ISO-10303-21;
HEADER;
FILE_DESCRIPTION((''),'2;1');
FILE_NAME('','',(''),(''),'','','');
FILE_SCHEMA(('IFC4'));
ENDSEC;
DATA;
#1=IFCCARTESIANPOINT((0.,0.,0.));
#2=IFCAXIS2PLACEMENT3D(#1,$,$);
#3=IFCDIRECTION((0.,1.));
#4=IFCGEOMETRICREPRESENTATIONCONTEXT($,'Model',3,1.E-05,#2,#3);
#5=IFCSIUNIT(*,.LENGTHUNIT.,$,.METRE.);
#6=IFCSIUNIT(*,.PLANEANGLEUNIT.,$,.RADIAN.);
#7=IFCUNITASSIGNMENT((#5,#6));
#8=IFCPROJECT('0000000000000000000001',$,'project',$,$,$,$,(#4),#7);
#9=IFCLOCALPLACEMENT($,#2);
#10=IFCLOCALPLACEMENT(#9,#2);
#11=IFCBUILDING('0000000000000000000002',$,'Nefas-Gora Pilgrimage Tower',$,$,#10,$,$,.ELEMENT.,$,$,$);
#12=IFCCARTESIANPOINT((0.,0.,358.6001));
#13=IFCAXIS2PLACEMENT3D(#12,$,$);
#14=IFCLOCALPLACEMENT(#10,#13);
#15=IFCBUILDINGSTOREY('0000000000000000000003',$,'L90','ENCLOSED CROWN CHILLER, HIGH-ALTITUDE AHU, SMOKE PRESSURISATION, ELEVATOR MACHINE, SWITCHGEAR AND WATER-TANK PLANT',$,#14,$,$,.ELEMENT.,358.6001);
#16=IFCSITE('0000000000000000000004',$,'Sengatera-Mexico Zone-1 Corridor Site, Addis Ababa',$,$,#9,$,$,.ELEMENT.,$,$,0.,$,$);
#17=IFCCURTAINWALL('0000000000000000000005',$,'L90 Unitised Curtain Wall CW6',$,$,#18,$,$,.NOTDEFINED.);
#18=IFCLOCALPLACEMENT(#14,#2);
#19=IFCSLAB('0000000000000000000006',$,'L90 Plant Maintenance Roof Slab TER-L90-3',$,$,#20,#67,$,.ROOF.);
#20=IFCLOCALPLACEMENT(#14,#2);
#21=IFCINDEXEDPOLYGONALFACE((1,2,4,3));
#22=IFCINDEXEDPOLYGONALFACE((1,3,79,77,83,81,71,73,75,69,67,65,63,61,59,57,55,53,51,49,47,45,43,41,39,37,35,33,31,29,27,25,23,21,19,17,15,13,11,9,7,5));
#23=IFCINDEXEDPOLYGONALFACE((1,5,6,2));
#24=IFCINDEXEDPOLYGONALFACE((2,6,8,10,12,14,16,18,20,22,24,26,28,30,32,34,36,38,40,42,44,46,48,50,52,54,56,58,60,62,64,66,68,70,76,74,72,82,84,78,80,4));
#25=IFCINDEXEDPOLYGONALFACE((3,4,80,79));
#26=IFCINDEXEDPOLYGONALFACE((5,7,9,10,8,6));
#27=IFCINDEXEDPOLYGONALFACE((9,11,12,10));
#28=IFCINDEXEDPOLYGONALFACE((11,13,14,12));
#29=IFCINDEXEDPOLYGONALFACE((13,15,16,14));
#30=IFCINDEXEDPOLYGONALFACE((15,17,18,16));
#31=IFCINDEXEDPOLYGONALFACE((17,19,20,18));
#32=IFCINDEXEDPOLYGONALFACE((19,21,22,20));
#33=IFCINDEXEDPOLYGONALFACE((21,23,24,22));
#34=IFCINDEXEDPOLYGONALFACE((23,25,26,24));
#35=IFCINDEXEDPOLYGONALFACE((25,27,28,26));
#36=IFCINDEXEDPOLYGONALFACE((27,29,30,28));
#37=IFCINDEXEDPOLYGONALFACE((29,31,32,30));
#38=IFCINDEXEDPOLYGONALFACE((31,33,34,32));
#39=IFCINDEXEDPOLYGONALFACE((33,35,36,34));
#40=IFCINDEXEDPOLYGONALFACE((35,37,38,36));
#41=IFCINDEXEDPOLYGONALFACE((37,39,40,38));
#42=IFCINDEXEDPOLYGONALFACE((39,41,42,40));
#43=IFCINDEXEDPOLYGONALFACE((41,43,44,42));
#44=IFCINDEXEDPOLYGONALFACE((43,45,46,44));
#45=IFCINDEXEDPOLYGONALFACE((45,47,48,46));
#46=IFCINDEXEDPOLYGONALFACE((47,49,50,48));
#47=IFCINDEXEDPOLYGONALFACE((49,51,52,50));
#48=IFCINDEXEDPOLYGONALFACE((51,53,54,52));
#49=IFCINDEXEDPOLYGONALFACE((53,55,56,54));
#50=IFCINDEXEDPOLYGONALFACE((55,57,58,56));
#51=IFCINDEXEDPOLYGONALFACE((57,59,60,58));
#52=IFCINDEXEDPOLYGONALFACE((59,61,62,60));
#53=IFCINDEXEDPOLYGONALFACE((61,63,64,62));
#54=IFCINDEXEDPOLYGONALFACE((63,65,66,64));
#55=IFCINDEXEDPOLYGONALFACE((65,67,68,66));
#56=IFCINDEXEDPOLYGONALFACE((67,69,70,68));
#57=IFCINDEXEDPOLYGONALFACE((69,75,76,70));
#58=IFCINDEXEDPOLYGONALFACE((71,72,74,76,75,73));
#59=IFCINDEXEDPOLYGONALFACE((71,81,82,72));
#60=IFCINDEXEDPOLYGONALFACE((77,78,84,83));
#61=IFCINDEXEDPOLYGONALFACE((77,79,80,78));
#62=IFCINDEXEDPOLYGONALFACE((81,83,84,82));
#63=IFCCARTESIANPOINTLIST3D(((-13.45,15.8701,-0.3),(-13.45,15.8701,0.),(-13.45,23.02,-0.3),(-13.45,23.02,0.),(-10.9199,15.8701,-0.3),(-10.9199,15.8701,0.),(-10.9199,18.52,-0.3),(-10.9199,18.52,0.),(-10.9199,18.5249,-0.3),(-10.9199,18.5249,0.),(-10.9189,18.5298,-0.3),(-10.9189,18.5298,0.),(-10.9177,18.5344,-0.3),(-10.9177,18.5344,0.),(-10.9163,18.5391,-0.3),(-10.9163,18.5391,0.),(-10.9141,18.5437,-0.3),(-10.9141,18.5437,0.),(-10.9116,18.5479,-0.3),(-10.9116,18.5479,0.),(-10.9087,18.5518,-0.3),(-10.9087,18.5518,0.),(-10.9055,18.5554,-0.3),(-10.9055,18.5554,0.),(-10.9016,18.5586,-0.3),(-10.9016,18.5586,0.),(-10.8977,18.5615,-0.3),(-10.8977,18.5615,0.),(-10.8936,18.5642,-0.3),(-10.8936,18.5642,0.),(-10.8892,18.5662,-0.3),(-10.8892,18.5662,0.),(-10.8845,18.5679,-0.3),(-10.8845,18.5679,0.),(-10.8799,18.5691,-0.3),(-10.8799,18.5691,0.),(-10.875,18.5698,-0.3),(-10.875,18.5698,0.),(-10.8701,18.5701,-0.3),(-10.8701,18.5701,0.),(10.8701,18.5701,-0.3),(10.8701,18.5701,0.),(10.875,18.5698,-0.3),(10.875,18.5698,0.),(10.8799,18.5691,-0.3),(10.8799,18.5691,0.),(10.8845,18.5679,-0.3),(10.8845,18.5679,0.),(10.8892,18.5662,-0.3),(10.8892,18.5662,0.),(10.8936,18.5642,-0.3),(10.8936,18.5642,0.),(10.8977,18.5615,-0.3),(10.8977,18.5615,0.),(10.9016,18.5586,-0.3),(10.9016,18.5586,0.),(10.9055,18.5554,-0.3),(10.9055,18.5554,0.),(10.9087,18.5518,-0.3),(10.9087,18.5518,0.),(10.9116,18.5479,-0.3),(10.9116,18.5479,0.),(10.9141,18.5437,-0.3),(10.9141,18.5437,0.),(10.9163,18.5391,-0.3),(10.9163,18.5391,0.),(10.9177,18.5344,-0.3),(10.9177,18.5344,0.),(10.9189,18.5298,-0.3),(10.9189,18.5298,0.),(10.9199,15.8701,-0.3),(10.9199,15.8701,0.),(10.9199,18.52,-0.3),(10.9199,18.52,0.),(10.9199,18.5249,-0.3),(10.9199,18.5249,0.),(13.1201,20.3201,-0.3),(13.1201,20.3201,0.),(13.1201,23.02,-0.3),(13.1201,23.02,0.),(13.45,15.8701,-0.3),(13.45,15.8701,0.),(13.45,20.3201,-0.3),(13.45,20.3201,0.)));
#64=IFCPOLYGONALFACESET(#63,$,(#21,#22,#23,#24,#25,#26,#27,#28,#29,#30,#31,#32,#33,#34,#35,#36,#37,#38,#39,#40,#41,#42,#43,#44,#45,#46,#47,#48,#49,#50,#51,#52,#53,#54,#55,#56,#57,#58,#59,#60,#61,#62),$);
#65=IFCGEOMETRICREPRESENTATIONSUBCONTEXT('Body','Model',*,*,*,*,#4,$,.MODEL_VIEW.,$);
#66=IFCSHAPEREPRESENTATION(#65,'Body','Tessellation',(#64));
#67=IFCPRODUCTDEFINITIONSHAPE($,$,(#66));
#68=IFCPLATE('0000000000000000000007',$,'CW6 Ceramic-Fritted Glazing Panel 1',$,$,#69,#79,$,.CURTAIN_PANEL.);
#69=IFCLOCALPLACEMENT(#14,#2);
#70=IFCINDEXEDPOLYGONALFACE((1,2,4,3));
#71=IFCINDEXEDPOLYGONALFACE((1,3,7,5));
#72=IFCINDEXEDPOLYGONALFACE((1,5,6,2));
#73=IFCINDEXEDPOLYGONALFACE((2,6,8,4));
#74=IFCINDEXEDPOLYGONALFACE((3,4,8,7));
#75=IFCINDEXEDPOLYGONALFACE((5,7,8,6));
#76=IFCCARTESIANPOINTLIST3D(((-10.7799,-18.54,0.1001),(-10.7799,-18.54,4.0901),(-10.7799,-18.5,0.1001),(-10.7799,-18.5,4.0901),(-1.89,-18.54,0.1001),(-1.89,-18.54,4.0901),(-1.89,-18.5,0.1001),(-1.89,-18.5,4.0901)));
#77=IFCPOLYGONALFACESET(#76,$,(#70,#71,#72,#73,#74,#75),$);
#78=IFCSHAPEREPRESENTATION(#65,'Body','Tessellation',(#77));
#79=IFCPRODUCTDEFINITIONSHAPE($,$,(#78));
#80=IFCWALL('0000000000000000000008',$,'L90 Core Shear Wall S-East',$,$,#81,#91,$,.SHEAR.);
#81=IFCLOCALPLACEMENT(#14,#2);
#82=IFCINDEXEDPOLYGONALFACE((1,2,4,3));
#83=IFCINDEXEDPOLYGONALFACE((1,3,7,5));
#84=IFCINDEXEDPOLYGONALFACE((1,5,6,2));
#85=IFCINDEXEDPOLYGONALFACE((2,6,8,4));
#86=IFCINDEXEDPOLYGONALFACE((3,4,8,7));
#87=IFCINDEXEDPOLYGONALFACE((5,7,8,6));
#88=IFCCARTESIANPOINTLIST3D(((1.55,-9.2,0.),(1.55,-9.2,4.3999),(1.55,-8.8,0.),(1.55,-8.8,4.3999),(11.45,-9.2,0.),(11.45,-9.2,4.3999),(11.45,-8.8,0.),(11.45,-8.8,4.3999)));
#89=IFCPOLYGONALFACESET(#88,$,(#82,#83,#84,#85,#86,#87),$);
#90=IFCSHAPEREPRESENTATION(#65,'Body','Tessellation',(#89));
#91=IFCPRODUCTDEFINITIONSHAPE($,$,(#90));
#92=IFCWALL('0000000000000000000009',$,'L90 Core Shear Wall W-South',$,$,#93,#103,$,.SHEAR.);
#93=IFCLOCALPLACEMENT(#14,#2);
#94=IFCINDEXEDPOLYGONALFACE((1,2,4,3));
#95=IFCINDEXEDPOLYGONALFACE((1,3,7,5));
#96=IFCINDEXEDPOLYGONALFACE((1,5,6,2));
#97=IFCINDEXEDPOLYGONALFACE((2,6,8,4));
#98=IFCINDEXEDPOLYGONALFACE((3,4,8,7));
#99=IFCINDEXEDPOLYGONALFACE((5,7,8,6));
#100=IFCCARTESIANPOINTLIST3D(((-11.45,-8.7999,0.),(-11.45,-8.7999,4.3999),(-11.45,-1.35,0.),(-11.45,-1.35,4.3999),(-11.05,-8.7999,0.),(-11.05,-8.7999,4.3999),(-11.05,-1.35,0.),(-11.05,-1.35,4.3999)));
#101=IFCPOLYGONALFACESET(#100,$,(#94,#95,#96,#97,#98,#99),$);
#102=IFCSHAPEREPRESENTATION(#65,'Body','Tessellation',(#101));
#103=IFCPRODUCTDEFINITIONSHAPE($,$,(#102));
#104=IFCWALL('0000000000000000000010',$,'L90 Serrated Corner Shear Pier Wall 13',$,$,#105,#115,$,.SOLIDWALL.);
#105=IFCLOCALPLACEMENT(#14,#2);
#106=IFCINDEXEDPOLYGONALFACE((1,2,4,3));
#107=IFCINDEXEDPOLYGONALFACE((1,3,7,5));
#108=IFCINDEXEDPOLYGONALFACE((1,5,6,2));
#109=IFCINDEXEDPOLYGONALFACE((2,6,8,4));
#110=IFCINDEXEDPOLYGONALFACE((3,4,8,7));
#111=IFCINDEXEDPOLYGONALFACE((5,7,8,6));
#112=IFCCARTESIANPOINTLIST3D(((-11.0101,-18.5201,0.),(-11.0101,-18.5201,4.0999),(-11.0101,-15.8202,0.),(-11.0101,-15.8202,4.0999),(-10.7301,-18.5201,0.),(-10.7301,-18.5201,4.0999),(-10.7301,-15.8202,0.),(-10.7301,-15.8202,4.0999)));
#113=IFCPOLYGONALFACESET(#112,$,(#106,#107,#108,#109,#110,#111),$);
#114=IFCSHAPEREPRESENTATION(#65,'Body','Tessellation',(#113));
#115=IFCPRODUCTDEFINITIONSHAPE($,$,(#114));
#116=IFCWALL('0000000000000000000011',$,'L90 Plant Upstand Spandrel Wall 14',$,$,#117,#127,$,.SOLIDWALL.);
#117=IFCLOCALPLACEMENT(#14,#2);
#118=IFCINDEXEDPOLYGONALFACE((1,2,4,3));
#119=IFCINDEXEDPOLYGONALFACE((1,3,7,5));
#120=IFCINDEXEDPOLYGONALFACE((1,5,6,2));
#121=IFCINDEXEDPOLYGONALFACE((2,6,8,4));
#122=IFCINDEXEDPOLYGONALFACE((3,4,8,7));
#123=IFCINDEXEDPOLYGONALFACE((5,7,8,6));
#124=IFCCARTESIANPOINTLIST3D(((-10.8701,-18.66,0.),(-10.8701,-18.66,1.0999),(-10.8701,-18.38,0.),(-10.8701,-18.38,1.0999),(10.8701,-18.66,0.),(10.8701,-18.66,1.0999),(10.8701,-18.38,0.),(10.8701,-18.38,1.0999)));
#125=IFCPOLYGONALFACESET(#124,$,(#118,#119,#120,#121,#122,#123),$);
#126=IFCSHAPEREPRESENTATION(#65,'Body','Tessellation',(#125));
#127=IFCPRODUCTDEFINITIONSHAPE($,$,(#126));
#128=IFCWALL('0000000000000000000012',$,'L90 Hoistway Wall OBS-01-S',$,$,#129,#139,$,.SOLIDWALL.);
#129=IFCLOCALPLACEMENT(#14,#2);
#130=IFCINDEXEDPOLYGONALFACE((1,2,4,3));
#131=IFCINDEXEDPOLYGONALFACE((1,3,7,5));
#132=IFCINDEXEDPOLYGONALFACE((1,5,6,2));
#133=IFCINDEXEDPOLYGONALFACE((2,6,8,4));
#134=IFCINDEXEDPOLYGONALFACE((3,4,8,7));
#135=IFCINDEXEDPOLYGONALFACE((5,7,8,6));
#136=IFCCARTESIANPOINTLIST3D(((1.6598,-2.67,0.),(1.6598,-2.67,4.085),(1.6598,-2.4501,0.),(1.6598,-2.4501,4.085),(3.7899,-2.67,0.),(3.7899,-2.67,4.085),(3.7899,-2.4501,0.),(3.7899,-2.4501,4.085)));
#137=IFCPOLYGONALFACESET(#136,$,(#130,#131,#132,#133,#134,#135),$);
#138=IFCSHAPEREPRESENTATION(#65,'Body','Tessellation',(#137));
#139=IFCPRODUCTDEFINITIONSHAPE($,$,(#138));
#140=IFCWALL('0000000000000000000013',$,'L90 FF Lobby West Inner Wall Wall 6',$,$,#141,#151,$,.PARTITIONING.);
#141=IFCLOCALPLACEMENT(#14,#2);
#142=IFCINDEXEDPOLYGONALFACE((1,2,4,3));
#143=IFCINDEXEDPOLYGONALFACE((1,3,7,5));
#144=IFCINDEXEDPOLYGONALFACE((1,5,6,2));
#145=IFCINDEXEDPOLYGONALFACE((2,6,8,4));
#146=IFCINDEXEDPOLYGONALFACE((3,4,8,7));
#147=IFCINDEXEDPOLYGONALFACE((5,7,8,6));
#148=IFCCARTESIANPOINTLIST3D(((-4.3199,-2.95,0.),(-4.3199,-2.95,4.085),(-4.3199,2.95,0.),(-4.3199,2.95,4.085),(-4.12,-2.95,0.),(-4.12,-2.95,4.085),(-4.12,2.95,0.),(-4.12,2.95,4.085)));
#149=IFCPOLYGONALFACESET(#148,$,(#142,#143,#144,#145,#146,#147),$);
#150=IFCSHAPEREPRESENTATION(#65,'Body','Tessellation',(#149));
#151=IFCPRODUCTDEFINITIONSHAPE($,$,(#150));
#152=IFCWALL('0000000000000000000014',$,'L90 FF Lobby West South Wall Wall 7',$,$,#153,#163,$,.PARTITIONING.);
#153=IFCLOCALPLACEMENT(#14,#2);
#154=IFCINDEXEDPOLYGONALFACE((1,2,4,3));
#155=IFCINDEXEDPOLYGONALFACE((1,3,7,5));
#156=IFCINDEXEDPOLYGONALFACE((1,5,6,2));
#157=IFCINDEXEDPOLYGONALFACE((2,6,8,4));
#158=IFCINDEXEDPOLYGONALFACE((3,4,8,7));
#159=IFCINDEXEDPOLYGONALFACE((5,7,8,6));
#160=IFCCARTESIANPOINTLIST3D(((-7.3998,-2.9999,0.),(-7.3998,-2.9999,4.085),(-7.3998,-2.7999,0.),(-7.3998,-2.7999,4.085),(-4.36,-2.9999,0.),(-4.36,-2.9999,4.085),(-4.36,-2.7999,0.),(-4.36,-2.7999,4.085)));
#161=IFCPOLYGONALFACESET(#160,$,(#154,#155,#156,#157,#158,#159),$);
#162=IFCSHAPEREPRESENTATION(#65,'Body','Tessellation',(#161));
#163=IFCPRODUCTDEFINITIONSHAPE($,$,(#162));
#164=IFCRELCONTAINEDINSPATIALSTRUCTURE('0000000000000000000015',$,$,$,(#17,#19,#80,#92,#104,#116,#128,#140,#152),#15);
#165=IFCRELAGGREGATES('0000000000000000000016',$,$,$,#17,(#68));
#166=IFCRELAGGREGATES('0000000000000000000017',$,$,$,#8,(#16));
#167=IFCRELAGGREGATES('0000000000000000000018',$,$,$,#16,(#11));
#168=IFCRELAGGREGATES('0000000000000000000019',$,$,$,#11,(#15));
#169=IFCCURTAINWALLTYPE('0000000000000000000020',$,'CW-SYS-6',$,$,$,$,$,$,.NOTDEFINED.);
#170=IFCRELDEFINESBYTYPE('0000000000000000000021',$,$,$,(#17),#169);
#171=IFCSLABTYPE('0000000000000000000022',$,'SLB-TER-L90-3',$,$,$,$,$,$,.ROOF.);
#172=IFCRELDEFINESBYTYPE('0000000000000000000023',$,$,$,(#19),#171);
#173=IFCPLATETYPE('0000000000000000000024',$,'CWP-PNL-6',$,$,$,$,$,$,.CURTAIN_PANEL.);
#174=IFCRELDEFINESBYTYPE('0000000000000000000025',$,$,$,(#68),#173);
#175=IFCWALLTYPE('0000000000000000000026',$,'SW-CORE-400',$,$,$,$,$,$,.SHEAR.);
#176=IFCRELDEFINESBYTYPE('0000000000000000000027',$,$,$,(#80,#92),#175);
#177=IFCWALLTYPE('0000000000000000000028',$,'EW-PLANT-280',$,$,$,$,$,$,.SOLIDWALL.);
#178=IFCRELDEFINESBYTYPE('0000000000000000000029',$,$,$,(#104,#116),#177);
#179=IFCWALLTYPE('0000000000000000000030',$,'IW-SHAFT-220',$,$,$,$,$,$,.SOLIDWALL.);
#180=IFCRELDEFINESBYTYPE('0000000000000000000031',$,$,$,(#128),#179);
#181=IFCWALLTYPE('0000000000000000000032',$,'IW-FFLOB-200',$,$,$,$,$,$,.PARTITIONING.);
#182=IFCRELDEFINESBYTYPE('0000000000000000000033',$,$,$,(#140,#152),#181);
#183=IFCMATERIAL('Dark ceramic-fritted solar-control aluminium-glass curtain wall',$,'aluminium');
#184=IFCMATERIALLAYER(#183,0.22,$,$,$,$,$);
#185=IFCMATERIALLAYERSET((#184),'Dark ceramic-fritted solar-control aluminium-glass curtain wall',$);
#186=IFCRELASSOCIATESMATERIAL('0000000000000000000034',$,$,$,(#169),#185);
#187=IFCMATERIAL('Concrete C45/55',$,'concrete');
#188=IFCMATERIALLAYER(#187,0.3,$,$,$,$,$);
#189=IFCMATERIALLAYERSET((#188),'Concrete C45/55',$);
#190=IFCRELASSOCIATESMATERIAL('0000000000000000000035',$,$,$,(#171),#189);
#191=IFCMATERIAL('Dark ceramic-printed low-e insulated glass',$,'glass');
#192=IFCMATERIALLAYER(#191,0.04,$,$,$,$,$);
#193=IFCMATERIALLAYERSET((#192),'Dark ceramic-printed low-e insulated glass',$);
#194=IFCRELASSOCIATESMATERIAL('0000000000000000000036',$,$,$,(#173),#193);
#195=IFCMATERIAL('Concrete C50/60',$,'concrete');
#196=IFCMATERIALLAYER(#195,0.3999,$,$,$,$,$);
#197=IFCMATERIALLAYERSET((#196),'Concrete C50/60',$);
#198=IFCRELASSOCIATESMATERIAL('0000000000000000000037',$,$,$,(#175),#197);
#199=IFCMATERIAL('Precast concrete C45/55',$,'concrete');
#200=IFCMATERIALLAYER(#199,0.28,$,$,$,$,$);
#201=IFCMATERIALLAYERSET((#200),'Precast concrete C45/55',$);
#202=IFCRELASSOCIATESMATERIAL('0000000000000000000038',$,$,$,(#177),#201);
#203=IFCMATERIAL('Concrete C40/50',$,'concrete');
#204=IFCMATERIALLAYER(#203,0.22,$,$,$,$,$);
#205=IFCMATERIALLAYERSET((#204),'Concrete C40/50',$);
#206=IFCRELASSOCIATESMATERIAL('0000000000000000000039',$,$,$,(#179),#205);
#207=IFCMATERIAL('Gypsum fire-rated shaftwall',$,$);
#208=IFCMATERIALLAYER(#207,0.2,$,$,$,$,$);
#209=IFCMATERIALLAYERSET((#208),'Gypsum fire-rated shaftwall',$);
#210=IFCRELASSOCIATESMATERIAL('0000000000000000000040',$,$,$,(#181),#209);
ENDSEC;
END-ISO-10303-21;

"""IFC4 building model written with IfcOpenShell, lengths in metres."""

from ifc_helpers import new_model, si_unit, direction, frame, frame_2d, origin, origin_2d, place, context, subcontext, project, spatial, polyline, rectangle, outline, extrude, source, transform, mapped, material, layer, layer_set, type_object, element, aggregate, save


model = new_model("IFC4")

# Units and contexts
model_context = context("Model", 3, precision=1e-05, world=origin(), true_north=direction((0.0, 1.0)))
body_context = subcontext(model_context, "Body", "Model", "MODEL_VIEW")
ifc_project = project(units=[si_unit("LENGTHUNIT", "METRE"), si_unit("PLANEANGLEUNIT", "RADIAN")], contexts=[model_context])

# Site, building, storey
site_placement = place(None, origin())
site = spatial("IfcSite", under=ifc_project, at=site_placement, Name="Sengatera-Mexico Zone-1 Corridor Site, Addis Ababa", CompositionType="ELEMENT", RefElevation=0.0)
building_placement = place(site_placement, origin())
building = spatial("IfcBuilding", under=site, at=building_placement, Name="Nefas-Gora Pilgrimage Tower", CompositionType="ELEMENT")
storey_placement = place(building_placement, frame((0.0, 0.0, 358.6001)))
storey = spatial("IfcBuildingStorey", under=building, at=storey_placement, Name="L90", Description="ENCLOSED CROWN CHILLER, HIGH-ALTITUDE AHU, SMOKE PRESSURISATION, ELEVATOR MACHINE, SWITCHGEAR AND WATER-TANK PLANT", CompositionType="ELEMENT", Elevation=358.6001)

# Shared definitions
ifc_material_1 = material(Name="Concrete C50/60", Category="concrete")

# Curtain wall
ifc_material_2 = material(Name="Dark ceramic-fritted solar-control aluminium-glass curtain wall", Category="aluminium")
ifc_layer_1 = layer(ifc_material_2, 0.22)
ifc_layer_set_1 = layer_set([ifc_layer_1], Name="Dark ceramic-fritted solar-control aluminium-glass curtain wall")
curtain_wall_type = type_object("IfcCurtainWallType", Name="CW-SYS-6", PredefinedType="NOTDEFINED", material=ifc_layer_set_1)
curtain_wall_placement = place(storey_placement, origin())
curtain_wall = element("IfcCurtainWall", 1, at=curtain_wall_placement, inside=storey, type_object=curtain_wall_type, Name="L90 Unitised Curtain Wall CW6", PredefinedType="NOTDEFINED")

# Shared definitions
ifc_material_3 = material(Name="Concrete C45/55", Category="concrete")

# Slab
ifc_layer_2 = layer(ifc_material_3, 0.3)
ifc_layer_set_2 = layer_set([ifc_layer_2], Name="Concrete C45/55")
slab_type_1 = type_object("IfcSlabType", Name="SLB-TER-L90-3", PredefinedType="ROOF", material=ifc_layer_set_2)
slab_1_placement = place(storey_placement, frame((0.0, 0.0, -0.3)))
element("IfcSlab", 2, at=slab_1_placement, inside=storey, type_object=slab_type_1, Name="L90 Plant Maintenance Roof Slab TER-L90-3", PredefinedType="ROOF", context=body_context, shape_type="SweptSolid", body=[
    extrude(outline(polyline([(-13.45, 23.02), (-13.45, 15.8701), (-10.9199, 15.8701), (-10.9199, 18.52), (-10.9199, 18.5249), (-10.9189, 18.5298), (-10.9177, 18.5344), (-10.9163, 18.5391), (-10.9141, 18.5437), (-10.9116, 18.5479), (-10.9087, 18.5518), (-10.9055, 18.5554), (-10.9016, 18.5586), (-10.8977, 18.5615), (-10.8936, 18.5642), (-10.8892, 18.5662), (-10.8845, 18.5679), (-10.8799, 18.5691), (-10.875, 18.5698), (-10.8701, 18.5701), (10.8701, 18.5701), (10.875, 18.5698), (10.8799, 18.5691), (10.8845, 18.5679), (10.8892, 18.5662), (10.8936, 18.5642), (10.8977, 18.5615), (10.9016, 18.5586), (10.9055, 18.5554), (10.9087, 18.5518), (10.9116, 18.5479), (10.9141, 18.5437), (10.9163, 18.5391), (10.9177, 18.5344), (10.9189, 18.5298), (10.9199, 18.5249), (10.9199, 18.52), (10.9199, 15.8701), (13.45, 15.8701), (13.45, 20.3201), (13.1201, 20.3201), (13.1201, 23.02), (-13.45, 23.02)])), origin(), (0.0, 0.0, 1.0), 0.3),
])

# Plate
ifc_material_4 = material(Name="Dark ceramic-printed low-e insulated glass", Category="glass")
ifc_layer_3 = layer(ifc_material_4, 0.04)
ifc_layer_set_3 = layer_set([ifc_layer_3], Name="Dark ceramic-printed low-e insulated glass")
plate_type = type_object("IfcPlateType", Name="CWP-PNL-6", PredefinedType="CURTAIN_PANEL", material=ifc_layer_set_3)
shared_shape_1 = source(origin(), body_context, "Body", "SweptSolid", [
    extrude(rectangle(XDim=8.8899, YDim=0.04, at=origin_2d()), origin(), (0.0, 0.0, 1.0), 3.99),
])
plate_placement = place(storey_placement, frame((-6.335, -18.52, 0.1001), z_axis=(0.0, 0.0, 1.0), x_axis=(1.0, 0.0, 0.0)))
plate = element("IfcPlate", 3, at=plate_placement, type_object=plate_type, Name="CW6 Ceramic-Fritted Glazing Panel 1", PredefinedType="CURTAIN_PANEL", context=body_context, shape_type="MappedRepresentation", body=[
    mapped(shared_shape_1, transform((0.0, 0.0, 0.0), x_axis=(1.0, 0.0, 0.0), y_axis=(0.0, 1.0, 0.0), z_axis=(0.0, 0.0, 1.0), scale=1.0)),
])
aggregate(curtain_wall, [plate])

# Walls
ifc_layer_4 = layer(ifc_material_1, 0.3999)
ifc_layer_set_4 = layer_set([ifc_layer_4], Name="Concrete C50/60")
wall_type_1 = type_object("IfcWallType", Name="SW-CORE-400", PredefinedType="SHEAR", material=ifc_layer_set_4)
shared_shape_2 = source(origin(), body_context, "Body", "SweptSolid", [
    extrude(rectangle(XDim=9.8999, YDim=0.3999, at=frame_2d((4.95, 0.0))), origin(), (0.0, 0.0, 1.0), 4.3999),
])
wall_1_placement = place(storey_placement, frame((1.55, -9.0, 0.0), z_axis=(0.0, 0.0, 1.0), x_axis=(1.0, 0.0, 0.0)))
element("IfcWall", 4, at=wall_1_placement, inside=storey, type_object=wall_type_1, Name="L90 Core Shear Wall S-East", PredefinedType="SHEAR", context=body_context, shape_type="MappedRepresentation", body=[
    mapped(shared_shape_2, transform((0.0, 0.0, 0.0), x_axis=(1.0, 0.0, 0.0), y_axis=(0.0, 1.0, 0.0), z_axis=(0.0, 0.0, 1.0), scale=1.0)),
])
shared_shape_3 = source(origin(), body_context, "Body", "SweptSolid", [
    extrude(rectangle(XDim=7.45, YDim=0.3999, at=frame_2d((3.7251, 0.0))), origin(), (0.0, 0.0, 1.0), 4.3999),
])
wall_2_placement = place(storey_placement, frame((-11.25, -8.8, 0.0), z_axis=(0.0, 0.0, 1.0), x_axis=(0.0, 1.0, 0.0)))
element("IfcWall", 5, at=wall_2_placement, inside=storey, type_object=wall_type_1, Name="L90 Core Shear Wall W-South", PredefinedType="SHEAR", context=body_context, shape_type="MappedRepresentation", body=[
    mapped(shared_shape_3, transform((0.0, 0.0, 0.0), x_axis=(1.0, 0.0, 0.0), y_axis=(0.0, 1.0, 0.0), z_axis=(0.0, 0.0, 1.0), scale=1.0)),
])
ifc_material_5 = material(Name="Precast concrete C45/55", Category="concrete")
ifc_layer_5 = layer(ifc_material_5, 0.28)
ifc_layer_set_5 = layer_set([ifc_layer_5], Name="Precast concrete C45/55")
wall_type_2 = type_object("IfcWallType", Name="EW-PLANT-280", PredefinedType="SOLIDWALL", material=ifc_layer_set_5)
shared_shape_4 = source(origin(), body_context, "Body", "SweptSolid", [
    extrude(rectangle(XDim=2.7, YDim=0.28, at=frame_2d((1.3501, 0.0))), origin(), (0.0, 0.0, 1.0), 4.0999),
])
wall_3_placement = place(storey_placement, frame((-10.8701, -15.8201, 0.0), z_axis=(0.0, 0.0, 1.0), x_axis=(0.0, -1.0, 0.0)))
element("IfcWall", 6, at=wall_3_placement, inside=storey, type_object=wall_type_2, Name="L90 Serrated Corner Shear Pier Wall 13", PredefinedType="SOLIDWALL", context=body_context, shape_type="MappedRepresentation", body=[
    mapped(shared_shape_4, transform((0.0, 0.0, 0.0), x_axis=(1.0, 0.0, 0.0), y_axis=(0.0, 1.0, 0.0), z_axis=(0.0, 0.0, 1.0), scale=1.0)),
])
shared_shape_5 = source(origin(), body_context, "Body", "SweptSolid", [
    extrude(rectangle(XDim=21.7402, YDim=0.28, at=frame_2d((10.8701, 0.0))), origin(), (0.0, 0.0, 1.0), 1.0999),
])
wall_4_placement = place(storey_placement, frame((-10.8701, -18.52, 0.0), z_axis=(0.0, 0.0, 1.0), x_axis=(1.0, 0.0, 0.0)))
element("IfcWall", 7, at=wall_4_placement, inside=storey, type_object=wall_type_2, Name="L90 Plant Upstand Spandrel Wall 14", PredefinedType="SOLIDWALL", context=body_context, shape_type="MappedRepresentation", body=[
    mapped(shared_shape_5, transform((0.0, 0.0, 0.0), x_axis=(1.0, 0.0, 0.0), y_axis=(0.0, 1.0, 0.0), z_axis=(0.0, 0.0, 1.0), scale=1.0)),
])
ifc_material_6 = material(Name="Concrete C40/50", Category="concrete")
ifc_layer_6 = layer(ifc_material_6, 0.22)
ifc_layer_set_6 = layer_set([ifc_layer_6], Name="Concrete C40/50")
wall_type_3 = type_object("IfcWallType", Name="IW-SHAFT-220", PredefinedType="SOLIDWALL", material=ifc_layer_set_6)
shared_shape_6 = source(origin(), body_context, "Body", "SweptSolid", [
    extrude(rectangle(XDim=2.1301, YDim=0.22, at=frame_2d((1.0649, 0.0))), origin(), (0.0, 0.0, 1.0), 4.085),
])
wall_5_placement = place(storey_placement, frame((1.6599, -2.5601, 0.0), z_axis=(0.0, 0.0, 1.0), x_axis=(1.0, 0.0, 0.0)))
element("IfcWall", 8, at=wall_5_placement, inside=storey, type_object=wall_type_3, Name="L90 Hoistway Wall OBS-01-S", PredefinedType="SOLIDWALL", context=body_context, shape_type="MappedRepresentation", body=[
    mapped(shared_shape_6, transform((0.0, 0.0, 0.0), x_axis=(1.0, 0.0, 0.0), y_axis=(0.0, 1.0, 0.0), z_axis=(0.0, 0.0, 1.0), scale=1.0)),
])
ifc_material_7 = material(Name="Gypsum fire-rated shaftwall")
ifc_layer_7 = layer(ifc_material_7, 0.2)
ifc_layer_set_7 = layer_set([ifc_layer_7], Name="Gypsum fire-rated shaftwall")
wall_type_4 = type_object("IfcWallType", Name="IW-FFLOB-200", PredefinedType="PARTITIONING", material=ifc_layer_set_7)
shared_shape_7 = source(origin(), body_context, "Body", "SweptSolid", [
    extrude(rectangle(XDim=5.8999, YDim=0.2, at=frame_2d((2.95, 0.0))), origin(), (0.0, 0.0, 1.0), 4.085),
])
wall_6_placement = place(storey_placement, frame((-4.22, -2.95, 0.0), z_axis=(0.0, 0.0, 1.0), x_axis=(0.0, 1.0, 0.0)))
element("IfcWall", 9, at=wall_6_placement, inside=storey, type_object=wall_type_4, Name="L90 FF Lobby West Inner Wall Wall 6", PredefinedType="PARTITIONING", context=body_context, shape_type="MappedRepresentation", body=[
    mapped(shared_shape_7, transform((0.0, 0.0, 0.0), x_axis=(1.0, 0.0, 0.0), y_axis=(0.0, 1.0, 0.0), z_axis=(0.0, 0.0, 1.0), scale=1.0)),
])
shared_shape_8 = source(origin(), body_context, "Body", "SweptSolid", [
    extrude(rectangle(XDim=3.0398, YDim=0.2, at=frame_2d((1.52, 0.0))), origin(), (0.0, 0.0, 1.0), 4.085),
])
wall_7_placement = place(storey_placement, frame((-7.3999, -2.8999, 0.0), z_axis=(0.0, 0.0, 1.0), x_axis=(1.0, 0.0, 0.0)))
element("IfcWall", 10, at=wall_7_placement, inside=storey, type_object=wall_type_4, Name="L90 FF Lobby West South Wall Wall 7", PredefinedType="PARTITIONING", context=body_context, shape_type="MappedRepresentation", body=[
    mapped(shared_shape_8, transform((0.0, 0.0, 0.0), x_axis=(1.0, 0.0, 0.0), y_axis=(0.0, 1.0, 0.0), z_axis=(0.0, 0.0, 1.0), scale=1.0)),
])

save(model, "model.ifc")
